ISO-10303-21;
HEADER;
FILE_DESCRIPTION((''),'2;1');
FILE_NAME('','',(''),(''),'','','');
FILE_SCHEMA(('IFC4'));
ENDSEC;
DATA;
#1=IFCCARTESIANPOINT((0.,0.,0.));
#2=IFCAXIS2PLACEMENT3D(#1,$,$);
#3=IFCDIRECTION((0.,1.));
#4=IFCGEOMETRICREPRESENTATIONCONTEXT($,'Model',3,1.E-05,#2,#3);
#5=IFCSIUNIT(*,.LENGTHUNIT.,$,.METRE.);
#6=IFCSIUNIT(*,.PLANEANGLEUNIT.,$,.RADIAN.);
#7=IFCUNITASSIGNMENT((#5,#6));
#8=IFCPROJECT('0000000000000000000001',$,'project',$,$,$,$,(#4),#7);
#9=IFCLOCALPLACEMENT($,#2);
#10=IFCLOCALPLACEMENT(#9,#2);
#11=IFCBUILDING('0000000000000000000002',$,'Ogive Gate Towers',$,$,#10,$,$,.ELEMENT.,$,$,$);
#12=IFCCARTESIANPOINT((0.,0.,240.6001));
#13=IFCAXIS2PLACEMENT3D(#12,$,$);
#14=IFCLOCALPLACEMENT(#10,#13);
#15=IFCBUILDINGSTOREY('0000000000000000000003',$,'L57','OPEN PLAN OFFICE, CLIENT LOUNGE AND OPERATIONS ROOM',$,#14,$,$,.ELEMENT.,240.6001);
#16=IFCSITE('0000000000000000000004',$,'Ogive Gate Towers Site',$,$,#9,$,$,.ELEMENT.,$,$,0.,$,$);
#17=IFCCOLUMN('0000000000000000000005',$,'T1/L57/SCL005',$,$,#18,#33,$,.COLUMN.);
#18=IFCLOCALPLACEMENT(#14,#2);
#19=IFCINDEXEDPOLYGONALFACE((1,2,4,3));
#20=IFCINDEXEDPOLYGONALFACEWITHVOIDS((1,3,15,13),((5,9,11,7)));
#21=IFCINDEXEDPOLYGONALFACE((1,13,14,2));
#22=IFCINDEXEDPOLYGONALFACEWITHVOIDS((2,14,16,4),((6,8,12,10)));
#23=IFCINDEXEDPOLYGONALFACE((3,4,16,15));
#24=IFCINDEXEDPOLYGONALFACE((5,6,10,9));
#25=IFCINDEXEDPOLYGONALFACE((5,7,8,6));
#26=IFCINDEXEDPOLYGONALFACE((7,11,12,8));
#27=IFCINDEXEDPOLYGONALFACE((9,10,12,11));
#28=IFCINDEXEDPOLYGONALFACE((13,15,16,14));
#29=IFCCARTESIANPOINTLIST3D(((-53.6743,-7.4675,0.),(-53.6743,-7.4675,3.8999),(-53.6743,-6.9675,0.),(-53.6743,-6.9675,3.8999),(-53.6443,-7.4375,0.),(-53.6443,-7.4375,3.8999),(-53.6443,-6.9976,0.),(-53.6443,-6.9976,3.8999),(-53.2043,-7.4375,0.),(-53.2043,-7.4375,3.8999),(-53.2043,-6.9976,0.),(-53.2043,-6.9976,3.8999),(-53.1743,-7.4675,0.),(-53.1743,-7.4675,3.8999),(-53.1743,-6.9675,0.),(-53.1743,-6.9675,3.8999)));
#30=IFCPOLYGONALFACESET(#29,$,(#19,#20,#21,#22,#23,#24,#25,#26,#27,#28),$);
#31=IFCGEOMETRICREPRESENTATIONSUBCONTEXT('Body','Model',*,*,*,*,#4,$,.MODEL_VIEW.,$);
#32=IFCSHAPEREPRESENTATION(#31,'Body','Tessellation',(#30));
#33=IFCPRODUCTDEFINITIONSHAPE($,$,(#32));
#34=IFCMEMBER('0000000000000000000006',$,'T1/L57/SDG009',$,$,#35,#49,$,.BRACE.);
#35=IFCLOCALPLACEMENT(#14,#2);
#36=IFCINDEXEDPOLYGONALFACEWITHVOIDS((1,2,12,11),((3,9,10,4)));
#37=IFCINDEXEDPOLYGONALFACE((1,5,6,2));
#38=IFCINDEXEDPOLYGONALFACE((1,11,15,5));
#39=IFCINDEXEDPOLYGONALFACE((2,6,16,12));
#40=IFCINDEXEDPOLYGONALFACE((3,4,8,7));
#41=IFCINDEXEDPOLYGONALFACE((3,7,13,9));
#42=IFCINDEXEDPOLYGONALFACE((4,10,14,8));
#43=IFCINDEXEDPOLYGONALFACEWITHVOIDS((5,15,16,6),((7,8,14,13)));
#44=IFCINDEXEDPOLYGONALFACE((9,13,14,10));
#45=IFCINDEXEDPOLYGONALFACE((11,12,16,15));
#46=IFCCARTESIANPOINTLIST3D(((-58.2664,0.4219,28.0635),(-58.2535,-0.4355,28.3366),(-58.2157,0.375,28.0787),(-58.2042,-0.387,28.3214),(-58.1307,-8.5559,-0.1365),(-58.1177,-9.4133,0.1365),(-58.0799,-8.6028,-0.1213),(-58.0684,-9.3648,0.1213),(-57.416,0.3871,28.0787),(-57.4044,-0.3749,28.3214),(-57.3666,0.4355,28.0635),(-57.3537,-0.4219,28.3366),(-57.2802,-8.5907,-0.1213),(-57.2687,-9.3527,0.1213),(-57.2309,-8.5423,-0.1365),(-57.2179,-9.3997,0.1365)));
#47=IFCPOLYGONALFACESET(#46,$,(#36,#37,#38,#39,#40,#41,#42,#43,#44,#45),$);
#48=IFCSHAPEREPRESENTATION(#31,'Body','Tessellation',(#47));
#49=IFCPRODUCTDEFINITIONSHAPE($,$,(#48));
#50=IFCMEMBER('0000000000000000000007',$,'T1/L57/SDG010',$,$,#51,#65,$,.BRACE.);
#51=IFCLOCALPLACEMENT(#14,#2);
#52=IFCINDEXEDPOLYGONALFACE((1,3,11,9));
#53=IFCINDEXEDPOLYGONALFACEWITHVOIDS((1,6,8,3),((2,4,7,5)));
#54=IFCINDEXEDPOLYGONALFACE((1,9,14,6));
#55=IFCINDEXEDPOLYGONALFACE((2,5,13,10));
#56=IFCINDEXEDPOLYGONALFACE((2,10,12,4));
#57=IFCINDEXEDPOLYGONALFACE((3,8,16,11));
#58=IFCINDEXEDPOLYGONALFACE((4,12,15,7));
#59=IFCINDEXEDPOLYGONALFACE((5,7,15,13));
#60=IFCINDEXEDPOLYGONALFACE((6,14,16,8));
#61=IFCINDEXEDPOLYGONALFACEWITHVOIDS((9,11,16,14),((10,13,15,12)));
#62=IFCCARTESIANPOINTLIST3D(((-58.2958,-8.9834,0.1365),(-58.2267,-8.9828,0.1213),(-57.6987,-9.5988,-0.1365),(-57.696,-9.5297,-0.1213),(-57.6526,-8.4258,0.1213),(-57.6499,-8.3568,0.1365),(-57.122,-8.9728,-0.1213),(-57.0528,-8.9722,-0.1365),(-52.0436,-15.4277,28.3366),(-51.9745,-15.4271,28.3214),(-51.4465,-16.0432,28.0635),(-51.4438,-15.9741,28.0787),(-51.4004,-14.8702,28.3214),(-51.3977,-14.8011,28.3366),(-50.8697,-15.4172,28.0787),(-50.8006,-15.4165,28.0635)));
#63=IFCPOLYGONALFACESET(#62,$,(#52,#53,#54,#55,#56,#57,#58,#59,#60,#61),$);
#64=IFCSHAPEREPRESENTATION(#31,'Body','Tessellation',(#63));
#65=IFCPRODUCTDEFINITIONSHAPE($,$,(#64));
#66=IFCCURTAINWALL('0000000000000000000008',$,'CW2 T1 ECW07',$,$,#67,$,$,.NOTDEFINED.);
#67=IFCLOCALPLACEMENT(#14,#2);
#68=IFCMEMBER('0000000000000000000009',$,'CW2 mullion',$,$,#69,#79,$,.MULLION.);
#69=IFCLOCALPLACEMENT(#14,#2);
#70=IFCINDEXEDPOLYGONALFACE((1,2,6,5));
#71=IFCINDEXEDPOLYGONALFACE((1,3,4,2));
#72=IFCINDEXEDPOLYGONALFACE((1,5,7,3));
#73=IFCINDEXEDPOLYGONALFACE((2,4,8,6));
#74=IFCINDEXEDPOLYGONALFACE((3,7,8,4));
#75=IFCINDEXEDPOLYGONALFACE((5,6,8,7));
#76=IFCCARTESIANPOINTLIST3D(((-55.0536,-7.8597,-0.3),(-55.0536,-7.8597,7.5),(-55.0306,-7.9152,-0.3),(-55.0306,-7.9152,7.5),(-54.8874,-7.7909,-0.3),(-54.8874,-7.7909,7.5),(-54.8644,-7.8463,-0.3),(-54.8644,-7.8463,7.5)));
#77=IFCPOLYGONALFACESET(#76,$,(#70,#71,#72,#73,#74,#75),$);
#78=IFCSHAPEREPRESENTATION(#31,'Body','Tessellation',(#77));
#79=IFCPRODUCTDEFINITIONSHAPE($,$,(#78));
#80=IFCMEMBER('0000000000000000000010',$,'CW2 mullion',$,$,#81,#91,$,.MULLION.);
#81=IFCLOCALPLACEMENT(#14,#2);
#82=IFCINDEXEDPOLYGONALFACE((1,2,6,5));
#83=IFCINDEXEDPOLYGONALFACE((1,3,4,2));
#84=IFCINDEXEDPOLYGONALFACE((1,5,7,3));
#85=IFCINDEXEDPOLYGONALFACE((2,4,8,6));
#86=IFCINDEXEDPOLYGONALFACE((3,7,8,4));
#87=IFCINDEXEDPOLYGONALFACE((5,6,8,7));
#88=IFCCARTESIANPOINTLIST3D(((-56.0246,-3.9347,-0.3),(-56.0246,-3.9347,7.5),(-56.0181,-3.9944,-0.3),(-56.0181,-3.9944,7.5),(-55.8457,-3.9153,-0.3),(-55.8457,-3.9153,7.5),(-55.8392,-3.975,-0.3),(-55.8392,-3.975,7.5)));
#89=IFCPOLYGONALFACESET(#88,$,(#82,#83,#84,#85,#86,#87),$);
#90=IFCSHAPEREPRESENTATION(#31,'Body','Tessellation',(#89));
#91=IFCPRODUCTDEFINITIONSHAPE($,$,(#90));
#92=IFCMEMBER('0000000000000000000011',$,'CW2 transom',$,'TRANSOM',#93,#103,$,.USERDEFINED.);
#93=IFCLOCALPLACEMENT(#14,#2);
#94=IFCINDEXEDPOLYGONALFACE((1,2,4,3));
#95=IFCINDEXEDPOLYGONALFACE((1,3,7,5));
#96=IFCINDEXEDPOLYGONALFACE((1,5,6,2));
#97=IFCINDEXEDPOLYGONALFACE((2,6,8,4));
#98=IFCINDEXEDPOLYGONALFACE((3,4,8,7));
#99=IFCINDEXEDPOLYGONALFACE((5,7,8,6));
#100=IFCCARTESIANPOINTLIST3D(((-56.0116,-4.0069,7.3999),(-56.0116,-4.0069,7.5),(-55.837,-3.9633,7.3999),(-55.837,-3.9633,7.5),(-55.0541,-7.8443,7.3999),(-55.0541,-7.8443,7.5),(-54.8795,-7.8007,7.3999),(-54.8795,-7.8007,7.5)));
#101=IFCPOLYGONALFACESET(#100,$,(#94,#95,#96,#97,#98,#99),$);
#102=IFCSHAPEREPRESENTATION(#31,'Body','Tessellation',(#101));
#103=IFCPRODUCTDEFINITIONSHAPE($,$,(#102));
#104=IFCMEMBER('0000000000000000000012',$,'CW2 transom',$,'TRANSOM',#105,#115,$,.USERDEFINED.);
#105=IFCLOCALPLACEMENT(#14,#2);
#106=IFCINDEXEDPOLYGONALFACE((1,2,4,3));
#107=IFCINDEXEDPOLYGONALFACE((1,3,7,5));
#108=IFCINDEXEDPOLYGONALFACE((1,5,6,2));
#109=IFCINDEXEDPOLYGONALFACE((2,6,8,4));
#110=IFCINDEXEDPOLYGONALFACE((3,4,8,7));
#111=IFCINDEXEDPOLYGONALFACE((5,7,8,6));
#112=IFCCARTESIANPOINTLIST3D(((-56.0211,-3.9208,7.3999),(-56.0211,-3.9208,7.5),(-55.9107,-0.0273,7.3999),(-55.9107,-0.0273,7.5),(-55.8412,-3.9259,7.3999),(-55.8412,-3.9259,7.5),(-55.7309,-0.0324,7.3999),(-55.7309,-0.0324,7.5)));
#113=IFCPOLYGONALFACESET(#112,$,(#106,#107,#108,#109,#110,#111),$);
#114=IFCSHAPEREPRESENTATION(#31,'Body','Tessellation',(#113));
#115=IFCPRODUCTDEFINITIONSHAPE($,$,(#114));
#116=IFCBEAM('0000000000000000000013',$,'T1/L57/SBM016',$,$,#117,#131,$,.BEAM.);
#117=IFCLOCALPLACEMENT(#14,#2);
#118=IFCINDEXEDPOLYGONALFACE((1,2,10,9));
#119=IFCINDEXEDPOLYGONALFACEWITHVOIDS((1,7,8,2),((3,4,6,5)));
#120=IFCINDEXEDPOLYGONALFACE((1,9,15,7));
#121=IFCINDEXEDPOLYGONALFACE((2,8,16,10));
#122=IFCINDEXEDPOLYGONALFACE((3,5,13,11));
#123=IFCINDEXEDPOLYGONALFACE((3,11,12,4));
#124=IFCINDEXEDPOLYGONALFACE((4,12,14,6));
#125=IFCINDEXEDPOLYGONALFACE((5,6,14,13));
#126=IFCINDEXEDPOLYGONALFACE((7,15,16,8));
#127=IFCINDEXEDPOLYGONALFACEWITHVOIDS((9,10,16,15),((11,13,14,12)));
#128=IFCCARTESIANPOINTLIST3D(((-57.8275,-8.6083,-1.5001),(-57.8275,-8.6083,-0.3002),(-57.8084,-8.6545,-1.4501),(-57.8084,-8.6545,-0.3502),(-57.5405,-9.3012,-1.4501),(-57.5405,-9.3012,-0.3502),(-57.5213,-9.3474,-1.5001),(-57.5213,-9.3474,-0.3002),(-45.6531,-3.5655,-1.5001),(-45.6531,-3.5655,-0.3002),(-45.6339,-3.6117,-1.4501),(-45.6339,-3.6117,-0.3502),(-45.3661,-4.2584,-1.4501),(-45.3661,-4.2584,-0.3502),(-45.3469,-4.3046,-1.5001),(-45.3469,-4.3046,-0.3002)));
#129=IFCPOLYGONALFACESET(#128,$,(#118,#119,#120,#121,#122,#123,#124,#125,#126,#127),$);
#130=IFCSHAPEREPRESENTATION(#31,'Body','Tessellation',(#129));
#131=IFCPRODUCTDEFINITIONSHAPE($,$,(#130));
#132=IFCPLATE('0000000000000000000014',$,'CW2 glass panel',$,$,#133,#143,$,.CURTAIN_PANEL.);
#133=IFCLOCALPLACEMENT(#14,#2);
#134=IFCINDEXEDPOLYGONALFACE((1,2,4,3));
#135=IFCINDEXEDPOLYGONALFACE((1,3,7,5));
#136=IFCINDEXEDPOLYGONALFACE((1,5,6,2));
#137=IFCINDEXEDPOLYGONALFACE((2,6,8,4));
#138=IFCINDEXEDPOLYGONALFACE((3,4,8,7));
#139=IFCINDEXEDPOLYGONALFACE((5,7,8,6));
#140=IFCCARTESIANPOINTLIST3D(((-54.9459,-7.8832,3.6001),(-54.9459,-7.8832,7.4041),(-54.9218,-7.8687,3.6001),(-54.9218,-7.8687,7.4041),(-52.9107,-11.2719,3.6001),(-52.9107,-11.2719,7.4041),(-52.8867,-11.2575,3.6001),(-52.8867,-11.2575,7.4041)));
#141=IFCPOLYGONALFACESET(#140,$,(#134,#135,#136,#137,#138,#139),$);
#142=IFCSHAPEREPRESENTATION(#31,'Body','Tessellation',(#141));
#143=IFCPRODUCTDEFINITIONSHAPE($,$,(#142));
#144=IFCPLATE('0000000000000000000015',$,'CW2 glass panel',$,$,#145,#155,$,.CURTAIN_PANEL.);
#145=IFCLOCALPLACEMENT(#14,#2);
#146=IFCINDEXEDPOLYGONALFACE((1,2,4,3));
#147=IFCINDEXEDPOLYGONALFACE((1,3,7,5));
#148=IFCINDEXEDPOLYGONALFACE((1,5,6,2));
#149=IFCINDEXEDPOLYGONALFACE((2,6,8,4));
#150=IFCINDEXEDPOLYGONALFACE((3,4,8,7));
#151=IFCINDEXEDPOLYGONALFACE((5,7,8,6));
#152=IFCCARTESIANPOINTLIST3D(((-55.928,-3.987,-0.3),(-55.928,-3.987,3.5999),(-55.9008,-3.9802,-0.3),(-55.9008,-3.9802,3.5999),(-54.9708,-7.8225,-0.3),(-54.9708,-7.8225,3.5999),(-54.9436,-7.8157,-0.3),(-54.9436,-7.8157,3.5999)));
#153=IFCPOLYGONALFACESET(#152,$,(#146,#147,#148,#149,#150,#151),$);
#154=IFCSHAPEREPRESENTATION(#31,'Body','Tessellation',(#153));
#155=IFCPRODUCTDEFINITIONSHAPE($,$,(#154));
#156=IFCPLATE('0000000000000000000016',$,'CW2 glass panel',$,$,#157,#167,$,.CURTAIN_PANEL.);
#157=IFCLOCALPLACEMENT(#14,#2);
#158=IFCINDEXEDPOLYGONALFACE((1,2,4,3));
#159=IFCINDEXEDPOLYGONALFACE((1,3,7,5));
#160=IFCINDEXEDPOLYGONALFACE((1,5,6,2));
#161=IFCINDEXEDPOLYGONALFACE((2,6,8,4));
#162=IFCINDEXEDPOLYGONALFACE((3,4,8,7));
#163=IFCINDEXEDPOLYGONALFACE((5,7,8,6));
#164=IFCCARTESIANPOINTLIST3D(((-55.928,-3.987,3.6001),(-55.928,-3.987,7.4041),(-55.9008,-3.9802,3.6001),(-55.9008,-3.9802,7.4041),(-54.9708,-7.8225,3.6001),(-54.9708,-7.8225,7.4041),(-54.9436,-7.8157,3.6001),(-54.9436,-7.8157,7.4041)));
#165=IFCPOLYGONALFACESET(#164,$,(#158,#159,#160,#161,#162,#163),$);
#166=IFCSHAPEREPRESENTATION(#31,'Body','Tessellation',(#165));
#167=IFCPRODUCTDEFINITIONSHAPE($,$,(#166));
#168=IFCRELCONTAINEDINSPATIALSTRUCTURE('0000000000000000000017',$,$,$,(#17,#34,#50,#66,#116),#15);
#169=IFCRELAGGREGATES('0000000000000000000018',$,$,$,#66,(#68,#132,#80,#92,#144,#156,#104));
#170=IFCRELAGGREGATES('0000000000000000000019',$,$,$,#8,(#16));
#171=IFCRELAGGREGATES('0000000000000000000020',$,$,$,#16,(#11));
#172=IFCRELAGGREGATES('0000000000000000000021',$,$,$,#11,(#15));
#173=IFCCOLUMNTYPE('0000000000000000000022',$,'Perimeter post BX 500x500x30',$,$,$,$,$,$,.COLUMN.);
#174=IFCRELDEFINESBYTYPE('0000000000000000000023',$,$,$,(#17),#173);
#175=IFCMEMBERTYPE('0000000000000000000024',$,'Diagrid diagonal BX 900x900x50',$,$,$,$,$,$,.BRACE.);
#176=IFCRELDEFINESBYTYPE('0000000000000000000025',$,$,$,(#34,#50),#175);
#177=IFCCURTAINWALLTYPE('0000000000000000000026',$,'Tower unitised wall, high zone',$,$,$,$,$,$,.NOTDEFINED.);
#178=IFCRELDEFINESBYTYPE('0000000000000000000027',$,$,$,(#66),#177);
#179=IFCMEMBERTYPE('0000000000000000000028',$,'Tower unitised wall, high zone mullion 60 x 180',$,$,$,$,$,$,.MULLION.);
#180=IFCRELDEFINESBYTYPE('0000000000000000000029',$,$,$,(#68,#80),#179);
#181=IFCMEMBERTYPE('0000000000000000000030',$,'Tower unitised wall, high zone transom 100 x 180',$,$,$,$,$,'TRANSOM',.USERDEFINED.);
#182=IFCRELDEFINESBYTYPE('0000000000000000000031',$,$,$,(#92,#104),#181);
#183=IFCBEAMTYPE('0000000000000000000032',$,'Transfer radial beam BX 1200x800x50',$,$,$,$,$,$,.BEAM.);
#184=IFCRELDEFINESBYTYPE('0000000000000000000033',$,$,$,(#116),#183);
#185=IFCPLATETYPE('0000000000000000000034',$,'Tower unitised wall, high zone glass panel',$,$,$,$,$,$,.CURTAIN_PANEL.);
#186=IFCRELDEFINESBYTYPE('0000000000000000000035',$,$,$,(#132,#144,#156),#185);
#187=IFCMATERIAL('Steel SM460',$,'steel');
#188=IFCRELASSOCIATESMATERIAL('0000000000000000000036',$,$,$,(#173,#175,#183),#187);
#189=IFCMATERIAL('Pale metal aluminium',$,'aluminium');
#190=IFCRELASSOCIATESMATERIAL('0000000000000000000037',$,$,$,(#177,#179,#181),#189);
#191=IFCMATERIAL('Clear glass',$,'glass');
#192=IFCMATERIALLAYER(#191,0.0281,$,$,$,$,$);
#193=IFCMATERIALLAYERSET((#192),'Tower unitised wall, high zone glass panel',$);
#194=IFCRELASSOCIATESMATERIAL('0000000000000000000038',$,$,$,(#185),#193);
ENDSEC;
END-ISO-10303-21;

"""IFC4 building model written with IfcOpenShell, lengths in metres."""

from ifc_helpers import new_model, si_unit, direction, frame, origin, origin_2d, place, context, subcontext, project, spatial, rectangle, hollow_rectangle, extrude, material, layer, layer_set, material_profile, profile_set, type_object, element, aggregate, save


model = new_model("IFC4")

# Units and contexts
model_context = context("Model", 3, precision=1e-05, world=origin(), true_north=direction((0.0, 1.0)))
body_context = subcontext(model_context, "Body", "Model", "MODEL_VIEW")
ifc_project = project(units=[si_unit("LENGTHUNIT", "METRE"), si_unit("PLANEANGLEUNIT", "RADIAN")], contexts=[model_context])

# Site, building, storey
site_placement = place(None, origin())
site = spatial("IfcSite", under=ifc_project, at=site_placement, Name="Ogive Gate Towers Site", CompositionType="ELEMENT", RefElevation=0.0)
building_placement = place(site_placement, origin())
building = spatial("IfcBuilding", under=site, at=building_placement, Name="Ogive Gate Towers", CompositionType="ELEMENT")
storey_placement = place(building_placement, frame((0.0, 0.0, 240.6001)))
storey = spatial("IfcBuildingStorey", under=building, at=storey_placement, Name="L57", Description="OPEN PLAN OFFICE, CLIENT LOUNGE AND OPERATIONS ROOM", CompositionType="ELEMENT", Elevation=240.6001)

# Column
ifc_material_1 = material(Name="Steel SM460", Category="steel")
ifc_material_profile_1 = material_profile(ifc_material_1, hollow_rectangle(XDim=0.5, YDim=0.5, WallThickness=0.03, at=origin_2d()), Name="BX 500x500x30")
ifc_profile_set_1 = profile_set([ifc_material_profile_1], Name="Steel SM460")
column_type = type_object("IfcColumnType", Name="Perimeter post BX 500x500x30", PredefinedType="COLUMN", material=ifc_profile_set_1)
column_placement = place(storey_placement, frame((-53.4243, -7.2175, 0.0), z_axis=(0.0, 0.0, 1.0), x_axis=(1.0, 0.0, 0.0)))
element("IfcColumn", 1, at=column_placement, inside=storey, type_object=column_type, Name="T1/L57/SCL005", PredefinedType="COLUMN", context=body_context, shape_type="SweptSolid", body=[
    extrude(hollow_rectangle(XDim=0.5, YDim=0.5, WallThickness=0.03, at=origin_2d()), origin(), (0.0, 0.0, 1.0), 3.8999),
])

# Members
ifc_material_profile_2 = material_profile(ifc_material_1, hollow_rectangle(XDim=0.8999, YDim=0.8999, WallThickness=0.05, at=origin_2d()), Name="BX 900x900x50")
ifc_profile_set_2 = profile_set([ifc_material_profile_2], Name="Steel SM460")
member_type_1 = type_object("IfcMemberType", Name="Diagrid diagonal BX 900x900x50", PredefinedType="BRACE", material=ifc_profile_set_2)
for number, where, z_axis, x_axis, name in (
    (2, (-57.6743, -8.9778, 0.0), (-0.004587, 0.303356, 0.952866), (-0.999886, -0.015118, 0.0), "T1/L57/SDG009"),
    (3, (-57.6743, -8.9778, 0.0), (0.211259, -0.217752, 0.952866), (0.717725, 0.696326, 0.0), "T1/L57/SDG010"),
):
    element("IfcMember", number, at=place(storey_placement, frame(where, z_axis=z_axis, x_axis=x_axis)), inside=storey, type_object=member_type_1, Name=name, PredefinedType="BRACE", context=body_context, shape_type="SweptSolid", body=[
        extrude(hollow_rectangle(XDim=0.8999, YDim=0.8999, WallThickness=0.05, at=origin_2d()), origin(), (0.0, 0.0, 1.0), 29.595),
    ])

# Curtain wall, members
ifc_material_2 = material(Name="Pale metal aluminium", Category="aluminium")
curtain_wall_type = type_object("IfcCurtainWallType", Name="Tower unitised wall, high zone", PredefinedType="NOTDEFINED", material=ifc_material_2)
curtain_wall_placement = place(storey_placement, origin())
curtain_wall = element("IfcCurtainWall", 4, at=curtain_wall_placement, inside=storey, type_object=curtain_wall_type, Name="CW2 T1 ECW07", PredefinedType="NOTDEFINED")
ifc_material_profile_3 = material_profile(ifc_material_2, rectangle(XDim=0.1799, YDim=0.0601, at=origin_2d()), Name="60 x 180 aluminium box")
ifc_profile_set_3 = profile_set([ifc_material_profile_3], Name="Pale metal aluminium")
member_type_2 = type_object("IfcMemberType", Name="Tower unitised wall, high zone mullion 60 x 180", PredefinedType="MULLION", material=ifc_profile_set_3)
member_1_placement = place(storey_placement, frame((-54.959, -7.853, -0.3), z_axis=(0.0, 0.0, 1.0), x_axis=(0.92388, 0.382683, 0.0)))
member_1 = element("IfcMember", 5, at=member_1_placement, type_object=member_type_2, Name="CW2 mullion", PredefinedType="MULLION", context=body_context, shape_type="SweptSolid", body=[
    extrude(rectangle(XDim=0.1799, YDim=0.0601, at=origin_2d()), origin(), (0.0, 0.0, 1.0), 7.8),
])
member_2_placement = place(storey_placement, frame((-55.9319, -3.9548, -0.3), z_axis=(0.0, 0.0, 1.0), x_axis=(0.99416, 0.107913, 0.0)))
member_2 = element("IfcMember", 6, at=member_2_placement, type_object=member_type_2, Name="CW2 mullion", PredefinedType="MULLION", context=body_context, shape_type="SweptSolid", body=[
    extrude(rectangle(XDim=0.1799, YDim=0.0601, at=origin_2d()), origin(), (0.0, 0.0, 1.0), 7.8),
])
ifc_material_profile_4 = material_profile(ifc_material_2, rectangle(XDim=0.1799, YDim=0.1001, at=origin_2d()), Name="100 x 180 aluminium box")
ifc_profile_set_4 = profile_set([ifc_material_profile_4], Name="Pale metal aluminium")
member_type_3 = type_object("IfcMemberType", Name="Tower unitised wall, high zone transom 100 x 180", ElementType="TRANSOM", PredefinedType="USERDEFINED", material=ifc_profile_set_4)
member_3_placement = place(storey_placement, frame((-54.9668, -7.8225, 7.45), z_axis=(-0.2421, 0.970251, 0.0), x_axis=(-0.970251, -0.2421, 0.0)))
member_3 = element("IfcMember", 7, at=member_3_placement, type_object=member_type_3, Name="CW2 transom", ObjectType="TRANSOM", PredefinedType="USERDEFINED", context=body_context, shape_type="SweptSolid", body=[
    extrude(rectangle(XDim=0.1799, YDim=0.1001, at=origin_2d()), origin(), (0.0, 0.0, 1.0), 3.9551),
])
member_4_placement = place(storey_placement, frame((-55.9312, -3.9233, 7.45), z_axis=(0.028331, 0.999599, 0.0), x_axis=(-0.999599, 0.028331, 0.0)))
member_4 = element("IfcMember", 8, at=member_4_placement, type_object=member_type_3, Name="CW2 transom", ObjectType="TRANSOM", PredefinedType="USERDEFINED", context=body_context, shape_type="SweptSolid", body=[
    extrude(rectangle(XDim=0.1799, YDim=0.1001, at=origin_2d()), origin(), (0.0, 0.0, 1.0), 3.895),
])

# Beam
ifc_material_profile_5 = material_profile(ifc_material_1, hollow_rectangle(XDim=0.8, YDim=1.2, WallThickness=0.05, at=origin_2d()), Name="BX 1200x800x50")
ifc_profile_set_5 = profile_set([ifc_material_profile_5], Name="Steel SM460")
beam_type = type_object("IfcBeamType", Name="Transfer radial beam BX 1200x800x50", PredefinedType="BEAM", material=ifc_profile_set_5)
beam_placement = place(storey_placement, frame((-45.5, -3.9351, -0.9001), z_axis=(-0.923881, -0.382681, 0.0), x_axis=(0.382681, -0.923881, 0.0)))
element("IfcBeam", 9, at=beam_placement, inside=storey, type_object=beam_type, Name="T1/L57/SBM016", PredefinedType="BEAM", context=body_context, shape_type="SweptSolid", body=[
    extrude(hollow_rectangle(XDim=0.8, YDim=1.2, WallThickness=0.05, at=origin_2d()), origin(), (0.0, 0.0, 1.0), 13.1775),
])

# Plates
ifc_material_3 = material(Name="Clear glass", Category="glass")
ifc_layer_1 = layer(ifc_material_3, 0.0281)
ifc_layer_set_1 = layer_set([ifc_layer_1], Name="Tower unitised wall, high zone glass panel")
plate_type = type_object("IfcPlateType", Name="Tower unitised wall, high zone glass panel", PredefinedType="CURTAIN_PANEL", material=ifc_layer_set_1)
plate_1_placement = place(storey_placement, frame((-53.9163, -9.5703, 3.6001), z_axis=(0.0, 0.0, 1.0), x_axis=(-0.514844, 0.857284, 0.0)))
plate_1 = element("IfcPlate", 10, at=plate_1_placement, type_object=plate_type, Name="CW2 glass panel", PredefinedType="CURTAIN_PANEL", context=body_context, shape_type="SweptSolid", body=[
    extrude(rectangle(XDim=3.9529, YDim=0.0281, at=origin_2d()), origin(), (0.0, 0.0, 1.0), 3.804),
])
plate_2_placement = place(storey_placement, frame((-55.4358, -5.9014, -0.3), z_axis=(0.0, 0.0, 1.0), x_axis=(-0.242142, 0.970241, 0.0)))
plate_2 = element("IfcPlate", 11, at=plate_2_placement, type_object=plate_type, Name="CW2 glass panel", PredefinedType="CURTAIN_PANEL", context=body_context, shape_type="SweptSolid", body=[
    extrude(rectangle(XDim=3.9531, YDim=0.0281, at=origin_2d()), origin(), (0.0, 0.0, 1.0), 3.8999),
])
plate_3_placement = place(storey_placement, frame((-55.4358, -5.9014, 3.6001), z_axis=(0.0, 0.0, 1.0), x_axis=(-0.242142, 0.970241, 0.0)))
plate_3 = element("IfcPlate", 12, at=plate_3_placement, type_object=plate_type, Name="CW2 glass panel", PredefinedType="CURTAIN_PANEL", context=body_context, shape_type="SweptSolid", body=[
    extrude(rectangle(XDim=3.9531, YDim=0.0281, at=origin_2d()), origin(), (0.0, 0.0, 1.0), 3.804),
])
aggregate(curtain_wall, [member_1, plate_1, member_2, member_3, plate_2, plate_3, member_4])

save(model, "model.ifc")
